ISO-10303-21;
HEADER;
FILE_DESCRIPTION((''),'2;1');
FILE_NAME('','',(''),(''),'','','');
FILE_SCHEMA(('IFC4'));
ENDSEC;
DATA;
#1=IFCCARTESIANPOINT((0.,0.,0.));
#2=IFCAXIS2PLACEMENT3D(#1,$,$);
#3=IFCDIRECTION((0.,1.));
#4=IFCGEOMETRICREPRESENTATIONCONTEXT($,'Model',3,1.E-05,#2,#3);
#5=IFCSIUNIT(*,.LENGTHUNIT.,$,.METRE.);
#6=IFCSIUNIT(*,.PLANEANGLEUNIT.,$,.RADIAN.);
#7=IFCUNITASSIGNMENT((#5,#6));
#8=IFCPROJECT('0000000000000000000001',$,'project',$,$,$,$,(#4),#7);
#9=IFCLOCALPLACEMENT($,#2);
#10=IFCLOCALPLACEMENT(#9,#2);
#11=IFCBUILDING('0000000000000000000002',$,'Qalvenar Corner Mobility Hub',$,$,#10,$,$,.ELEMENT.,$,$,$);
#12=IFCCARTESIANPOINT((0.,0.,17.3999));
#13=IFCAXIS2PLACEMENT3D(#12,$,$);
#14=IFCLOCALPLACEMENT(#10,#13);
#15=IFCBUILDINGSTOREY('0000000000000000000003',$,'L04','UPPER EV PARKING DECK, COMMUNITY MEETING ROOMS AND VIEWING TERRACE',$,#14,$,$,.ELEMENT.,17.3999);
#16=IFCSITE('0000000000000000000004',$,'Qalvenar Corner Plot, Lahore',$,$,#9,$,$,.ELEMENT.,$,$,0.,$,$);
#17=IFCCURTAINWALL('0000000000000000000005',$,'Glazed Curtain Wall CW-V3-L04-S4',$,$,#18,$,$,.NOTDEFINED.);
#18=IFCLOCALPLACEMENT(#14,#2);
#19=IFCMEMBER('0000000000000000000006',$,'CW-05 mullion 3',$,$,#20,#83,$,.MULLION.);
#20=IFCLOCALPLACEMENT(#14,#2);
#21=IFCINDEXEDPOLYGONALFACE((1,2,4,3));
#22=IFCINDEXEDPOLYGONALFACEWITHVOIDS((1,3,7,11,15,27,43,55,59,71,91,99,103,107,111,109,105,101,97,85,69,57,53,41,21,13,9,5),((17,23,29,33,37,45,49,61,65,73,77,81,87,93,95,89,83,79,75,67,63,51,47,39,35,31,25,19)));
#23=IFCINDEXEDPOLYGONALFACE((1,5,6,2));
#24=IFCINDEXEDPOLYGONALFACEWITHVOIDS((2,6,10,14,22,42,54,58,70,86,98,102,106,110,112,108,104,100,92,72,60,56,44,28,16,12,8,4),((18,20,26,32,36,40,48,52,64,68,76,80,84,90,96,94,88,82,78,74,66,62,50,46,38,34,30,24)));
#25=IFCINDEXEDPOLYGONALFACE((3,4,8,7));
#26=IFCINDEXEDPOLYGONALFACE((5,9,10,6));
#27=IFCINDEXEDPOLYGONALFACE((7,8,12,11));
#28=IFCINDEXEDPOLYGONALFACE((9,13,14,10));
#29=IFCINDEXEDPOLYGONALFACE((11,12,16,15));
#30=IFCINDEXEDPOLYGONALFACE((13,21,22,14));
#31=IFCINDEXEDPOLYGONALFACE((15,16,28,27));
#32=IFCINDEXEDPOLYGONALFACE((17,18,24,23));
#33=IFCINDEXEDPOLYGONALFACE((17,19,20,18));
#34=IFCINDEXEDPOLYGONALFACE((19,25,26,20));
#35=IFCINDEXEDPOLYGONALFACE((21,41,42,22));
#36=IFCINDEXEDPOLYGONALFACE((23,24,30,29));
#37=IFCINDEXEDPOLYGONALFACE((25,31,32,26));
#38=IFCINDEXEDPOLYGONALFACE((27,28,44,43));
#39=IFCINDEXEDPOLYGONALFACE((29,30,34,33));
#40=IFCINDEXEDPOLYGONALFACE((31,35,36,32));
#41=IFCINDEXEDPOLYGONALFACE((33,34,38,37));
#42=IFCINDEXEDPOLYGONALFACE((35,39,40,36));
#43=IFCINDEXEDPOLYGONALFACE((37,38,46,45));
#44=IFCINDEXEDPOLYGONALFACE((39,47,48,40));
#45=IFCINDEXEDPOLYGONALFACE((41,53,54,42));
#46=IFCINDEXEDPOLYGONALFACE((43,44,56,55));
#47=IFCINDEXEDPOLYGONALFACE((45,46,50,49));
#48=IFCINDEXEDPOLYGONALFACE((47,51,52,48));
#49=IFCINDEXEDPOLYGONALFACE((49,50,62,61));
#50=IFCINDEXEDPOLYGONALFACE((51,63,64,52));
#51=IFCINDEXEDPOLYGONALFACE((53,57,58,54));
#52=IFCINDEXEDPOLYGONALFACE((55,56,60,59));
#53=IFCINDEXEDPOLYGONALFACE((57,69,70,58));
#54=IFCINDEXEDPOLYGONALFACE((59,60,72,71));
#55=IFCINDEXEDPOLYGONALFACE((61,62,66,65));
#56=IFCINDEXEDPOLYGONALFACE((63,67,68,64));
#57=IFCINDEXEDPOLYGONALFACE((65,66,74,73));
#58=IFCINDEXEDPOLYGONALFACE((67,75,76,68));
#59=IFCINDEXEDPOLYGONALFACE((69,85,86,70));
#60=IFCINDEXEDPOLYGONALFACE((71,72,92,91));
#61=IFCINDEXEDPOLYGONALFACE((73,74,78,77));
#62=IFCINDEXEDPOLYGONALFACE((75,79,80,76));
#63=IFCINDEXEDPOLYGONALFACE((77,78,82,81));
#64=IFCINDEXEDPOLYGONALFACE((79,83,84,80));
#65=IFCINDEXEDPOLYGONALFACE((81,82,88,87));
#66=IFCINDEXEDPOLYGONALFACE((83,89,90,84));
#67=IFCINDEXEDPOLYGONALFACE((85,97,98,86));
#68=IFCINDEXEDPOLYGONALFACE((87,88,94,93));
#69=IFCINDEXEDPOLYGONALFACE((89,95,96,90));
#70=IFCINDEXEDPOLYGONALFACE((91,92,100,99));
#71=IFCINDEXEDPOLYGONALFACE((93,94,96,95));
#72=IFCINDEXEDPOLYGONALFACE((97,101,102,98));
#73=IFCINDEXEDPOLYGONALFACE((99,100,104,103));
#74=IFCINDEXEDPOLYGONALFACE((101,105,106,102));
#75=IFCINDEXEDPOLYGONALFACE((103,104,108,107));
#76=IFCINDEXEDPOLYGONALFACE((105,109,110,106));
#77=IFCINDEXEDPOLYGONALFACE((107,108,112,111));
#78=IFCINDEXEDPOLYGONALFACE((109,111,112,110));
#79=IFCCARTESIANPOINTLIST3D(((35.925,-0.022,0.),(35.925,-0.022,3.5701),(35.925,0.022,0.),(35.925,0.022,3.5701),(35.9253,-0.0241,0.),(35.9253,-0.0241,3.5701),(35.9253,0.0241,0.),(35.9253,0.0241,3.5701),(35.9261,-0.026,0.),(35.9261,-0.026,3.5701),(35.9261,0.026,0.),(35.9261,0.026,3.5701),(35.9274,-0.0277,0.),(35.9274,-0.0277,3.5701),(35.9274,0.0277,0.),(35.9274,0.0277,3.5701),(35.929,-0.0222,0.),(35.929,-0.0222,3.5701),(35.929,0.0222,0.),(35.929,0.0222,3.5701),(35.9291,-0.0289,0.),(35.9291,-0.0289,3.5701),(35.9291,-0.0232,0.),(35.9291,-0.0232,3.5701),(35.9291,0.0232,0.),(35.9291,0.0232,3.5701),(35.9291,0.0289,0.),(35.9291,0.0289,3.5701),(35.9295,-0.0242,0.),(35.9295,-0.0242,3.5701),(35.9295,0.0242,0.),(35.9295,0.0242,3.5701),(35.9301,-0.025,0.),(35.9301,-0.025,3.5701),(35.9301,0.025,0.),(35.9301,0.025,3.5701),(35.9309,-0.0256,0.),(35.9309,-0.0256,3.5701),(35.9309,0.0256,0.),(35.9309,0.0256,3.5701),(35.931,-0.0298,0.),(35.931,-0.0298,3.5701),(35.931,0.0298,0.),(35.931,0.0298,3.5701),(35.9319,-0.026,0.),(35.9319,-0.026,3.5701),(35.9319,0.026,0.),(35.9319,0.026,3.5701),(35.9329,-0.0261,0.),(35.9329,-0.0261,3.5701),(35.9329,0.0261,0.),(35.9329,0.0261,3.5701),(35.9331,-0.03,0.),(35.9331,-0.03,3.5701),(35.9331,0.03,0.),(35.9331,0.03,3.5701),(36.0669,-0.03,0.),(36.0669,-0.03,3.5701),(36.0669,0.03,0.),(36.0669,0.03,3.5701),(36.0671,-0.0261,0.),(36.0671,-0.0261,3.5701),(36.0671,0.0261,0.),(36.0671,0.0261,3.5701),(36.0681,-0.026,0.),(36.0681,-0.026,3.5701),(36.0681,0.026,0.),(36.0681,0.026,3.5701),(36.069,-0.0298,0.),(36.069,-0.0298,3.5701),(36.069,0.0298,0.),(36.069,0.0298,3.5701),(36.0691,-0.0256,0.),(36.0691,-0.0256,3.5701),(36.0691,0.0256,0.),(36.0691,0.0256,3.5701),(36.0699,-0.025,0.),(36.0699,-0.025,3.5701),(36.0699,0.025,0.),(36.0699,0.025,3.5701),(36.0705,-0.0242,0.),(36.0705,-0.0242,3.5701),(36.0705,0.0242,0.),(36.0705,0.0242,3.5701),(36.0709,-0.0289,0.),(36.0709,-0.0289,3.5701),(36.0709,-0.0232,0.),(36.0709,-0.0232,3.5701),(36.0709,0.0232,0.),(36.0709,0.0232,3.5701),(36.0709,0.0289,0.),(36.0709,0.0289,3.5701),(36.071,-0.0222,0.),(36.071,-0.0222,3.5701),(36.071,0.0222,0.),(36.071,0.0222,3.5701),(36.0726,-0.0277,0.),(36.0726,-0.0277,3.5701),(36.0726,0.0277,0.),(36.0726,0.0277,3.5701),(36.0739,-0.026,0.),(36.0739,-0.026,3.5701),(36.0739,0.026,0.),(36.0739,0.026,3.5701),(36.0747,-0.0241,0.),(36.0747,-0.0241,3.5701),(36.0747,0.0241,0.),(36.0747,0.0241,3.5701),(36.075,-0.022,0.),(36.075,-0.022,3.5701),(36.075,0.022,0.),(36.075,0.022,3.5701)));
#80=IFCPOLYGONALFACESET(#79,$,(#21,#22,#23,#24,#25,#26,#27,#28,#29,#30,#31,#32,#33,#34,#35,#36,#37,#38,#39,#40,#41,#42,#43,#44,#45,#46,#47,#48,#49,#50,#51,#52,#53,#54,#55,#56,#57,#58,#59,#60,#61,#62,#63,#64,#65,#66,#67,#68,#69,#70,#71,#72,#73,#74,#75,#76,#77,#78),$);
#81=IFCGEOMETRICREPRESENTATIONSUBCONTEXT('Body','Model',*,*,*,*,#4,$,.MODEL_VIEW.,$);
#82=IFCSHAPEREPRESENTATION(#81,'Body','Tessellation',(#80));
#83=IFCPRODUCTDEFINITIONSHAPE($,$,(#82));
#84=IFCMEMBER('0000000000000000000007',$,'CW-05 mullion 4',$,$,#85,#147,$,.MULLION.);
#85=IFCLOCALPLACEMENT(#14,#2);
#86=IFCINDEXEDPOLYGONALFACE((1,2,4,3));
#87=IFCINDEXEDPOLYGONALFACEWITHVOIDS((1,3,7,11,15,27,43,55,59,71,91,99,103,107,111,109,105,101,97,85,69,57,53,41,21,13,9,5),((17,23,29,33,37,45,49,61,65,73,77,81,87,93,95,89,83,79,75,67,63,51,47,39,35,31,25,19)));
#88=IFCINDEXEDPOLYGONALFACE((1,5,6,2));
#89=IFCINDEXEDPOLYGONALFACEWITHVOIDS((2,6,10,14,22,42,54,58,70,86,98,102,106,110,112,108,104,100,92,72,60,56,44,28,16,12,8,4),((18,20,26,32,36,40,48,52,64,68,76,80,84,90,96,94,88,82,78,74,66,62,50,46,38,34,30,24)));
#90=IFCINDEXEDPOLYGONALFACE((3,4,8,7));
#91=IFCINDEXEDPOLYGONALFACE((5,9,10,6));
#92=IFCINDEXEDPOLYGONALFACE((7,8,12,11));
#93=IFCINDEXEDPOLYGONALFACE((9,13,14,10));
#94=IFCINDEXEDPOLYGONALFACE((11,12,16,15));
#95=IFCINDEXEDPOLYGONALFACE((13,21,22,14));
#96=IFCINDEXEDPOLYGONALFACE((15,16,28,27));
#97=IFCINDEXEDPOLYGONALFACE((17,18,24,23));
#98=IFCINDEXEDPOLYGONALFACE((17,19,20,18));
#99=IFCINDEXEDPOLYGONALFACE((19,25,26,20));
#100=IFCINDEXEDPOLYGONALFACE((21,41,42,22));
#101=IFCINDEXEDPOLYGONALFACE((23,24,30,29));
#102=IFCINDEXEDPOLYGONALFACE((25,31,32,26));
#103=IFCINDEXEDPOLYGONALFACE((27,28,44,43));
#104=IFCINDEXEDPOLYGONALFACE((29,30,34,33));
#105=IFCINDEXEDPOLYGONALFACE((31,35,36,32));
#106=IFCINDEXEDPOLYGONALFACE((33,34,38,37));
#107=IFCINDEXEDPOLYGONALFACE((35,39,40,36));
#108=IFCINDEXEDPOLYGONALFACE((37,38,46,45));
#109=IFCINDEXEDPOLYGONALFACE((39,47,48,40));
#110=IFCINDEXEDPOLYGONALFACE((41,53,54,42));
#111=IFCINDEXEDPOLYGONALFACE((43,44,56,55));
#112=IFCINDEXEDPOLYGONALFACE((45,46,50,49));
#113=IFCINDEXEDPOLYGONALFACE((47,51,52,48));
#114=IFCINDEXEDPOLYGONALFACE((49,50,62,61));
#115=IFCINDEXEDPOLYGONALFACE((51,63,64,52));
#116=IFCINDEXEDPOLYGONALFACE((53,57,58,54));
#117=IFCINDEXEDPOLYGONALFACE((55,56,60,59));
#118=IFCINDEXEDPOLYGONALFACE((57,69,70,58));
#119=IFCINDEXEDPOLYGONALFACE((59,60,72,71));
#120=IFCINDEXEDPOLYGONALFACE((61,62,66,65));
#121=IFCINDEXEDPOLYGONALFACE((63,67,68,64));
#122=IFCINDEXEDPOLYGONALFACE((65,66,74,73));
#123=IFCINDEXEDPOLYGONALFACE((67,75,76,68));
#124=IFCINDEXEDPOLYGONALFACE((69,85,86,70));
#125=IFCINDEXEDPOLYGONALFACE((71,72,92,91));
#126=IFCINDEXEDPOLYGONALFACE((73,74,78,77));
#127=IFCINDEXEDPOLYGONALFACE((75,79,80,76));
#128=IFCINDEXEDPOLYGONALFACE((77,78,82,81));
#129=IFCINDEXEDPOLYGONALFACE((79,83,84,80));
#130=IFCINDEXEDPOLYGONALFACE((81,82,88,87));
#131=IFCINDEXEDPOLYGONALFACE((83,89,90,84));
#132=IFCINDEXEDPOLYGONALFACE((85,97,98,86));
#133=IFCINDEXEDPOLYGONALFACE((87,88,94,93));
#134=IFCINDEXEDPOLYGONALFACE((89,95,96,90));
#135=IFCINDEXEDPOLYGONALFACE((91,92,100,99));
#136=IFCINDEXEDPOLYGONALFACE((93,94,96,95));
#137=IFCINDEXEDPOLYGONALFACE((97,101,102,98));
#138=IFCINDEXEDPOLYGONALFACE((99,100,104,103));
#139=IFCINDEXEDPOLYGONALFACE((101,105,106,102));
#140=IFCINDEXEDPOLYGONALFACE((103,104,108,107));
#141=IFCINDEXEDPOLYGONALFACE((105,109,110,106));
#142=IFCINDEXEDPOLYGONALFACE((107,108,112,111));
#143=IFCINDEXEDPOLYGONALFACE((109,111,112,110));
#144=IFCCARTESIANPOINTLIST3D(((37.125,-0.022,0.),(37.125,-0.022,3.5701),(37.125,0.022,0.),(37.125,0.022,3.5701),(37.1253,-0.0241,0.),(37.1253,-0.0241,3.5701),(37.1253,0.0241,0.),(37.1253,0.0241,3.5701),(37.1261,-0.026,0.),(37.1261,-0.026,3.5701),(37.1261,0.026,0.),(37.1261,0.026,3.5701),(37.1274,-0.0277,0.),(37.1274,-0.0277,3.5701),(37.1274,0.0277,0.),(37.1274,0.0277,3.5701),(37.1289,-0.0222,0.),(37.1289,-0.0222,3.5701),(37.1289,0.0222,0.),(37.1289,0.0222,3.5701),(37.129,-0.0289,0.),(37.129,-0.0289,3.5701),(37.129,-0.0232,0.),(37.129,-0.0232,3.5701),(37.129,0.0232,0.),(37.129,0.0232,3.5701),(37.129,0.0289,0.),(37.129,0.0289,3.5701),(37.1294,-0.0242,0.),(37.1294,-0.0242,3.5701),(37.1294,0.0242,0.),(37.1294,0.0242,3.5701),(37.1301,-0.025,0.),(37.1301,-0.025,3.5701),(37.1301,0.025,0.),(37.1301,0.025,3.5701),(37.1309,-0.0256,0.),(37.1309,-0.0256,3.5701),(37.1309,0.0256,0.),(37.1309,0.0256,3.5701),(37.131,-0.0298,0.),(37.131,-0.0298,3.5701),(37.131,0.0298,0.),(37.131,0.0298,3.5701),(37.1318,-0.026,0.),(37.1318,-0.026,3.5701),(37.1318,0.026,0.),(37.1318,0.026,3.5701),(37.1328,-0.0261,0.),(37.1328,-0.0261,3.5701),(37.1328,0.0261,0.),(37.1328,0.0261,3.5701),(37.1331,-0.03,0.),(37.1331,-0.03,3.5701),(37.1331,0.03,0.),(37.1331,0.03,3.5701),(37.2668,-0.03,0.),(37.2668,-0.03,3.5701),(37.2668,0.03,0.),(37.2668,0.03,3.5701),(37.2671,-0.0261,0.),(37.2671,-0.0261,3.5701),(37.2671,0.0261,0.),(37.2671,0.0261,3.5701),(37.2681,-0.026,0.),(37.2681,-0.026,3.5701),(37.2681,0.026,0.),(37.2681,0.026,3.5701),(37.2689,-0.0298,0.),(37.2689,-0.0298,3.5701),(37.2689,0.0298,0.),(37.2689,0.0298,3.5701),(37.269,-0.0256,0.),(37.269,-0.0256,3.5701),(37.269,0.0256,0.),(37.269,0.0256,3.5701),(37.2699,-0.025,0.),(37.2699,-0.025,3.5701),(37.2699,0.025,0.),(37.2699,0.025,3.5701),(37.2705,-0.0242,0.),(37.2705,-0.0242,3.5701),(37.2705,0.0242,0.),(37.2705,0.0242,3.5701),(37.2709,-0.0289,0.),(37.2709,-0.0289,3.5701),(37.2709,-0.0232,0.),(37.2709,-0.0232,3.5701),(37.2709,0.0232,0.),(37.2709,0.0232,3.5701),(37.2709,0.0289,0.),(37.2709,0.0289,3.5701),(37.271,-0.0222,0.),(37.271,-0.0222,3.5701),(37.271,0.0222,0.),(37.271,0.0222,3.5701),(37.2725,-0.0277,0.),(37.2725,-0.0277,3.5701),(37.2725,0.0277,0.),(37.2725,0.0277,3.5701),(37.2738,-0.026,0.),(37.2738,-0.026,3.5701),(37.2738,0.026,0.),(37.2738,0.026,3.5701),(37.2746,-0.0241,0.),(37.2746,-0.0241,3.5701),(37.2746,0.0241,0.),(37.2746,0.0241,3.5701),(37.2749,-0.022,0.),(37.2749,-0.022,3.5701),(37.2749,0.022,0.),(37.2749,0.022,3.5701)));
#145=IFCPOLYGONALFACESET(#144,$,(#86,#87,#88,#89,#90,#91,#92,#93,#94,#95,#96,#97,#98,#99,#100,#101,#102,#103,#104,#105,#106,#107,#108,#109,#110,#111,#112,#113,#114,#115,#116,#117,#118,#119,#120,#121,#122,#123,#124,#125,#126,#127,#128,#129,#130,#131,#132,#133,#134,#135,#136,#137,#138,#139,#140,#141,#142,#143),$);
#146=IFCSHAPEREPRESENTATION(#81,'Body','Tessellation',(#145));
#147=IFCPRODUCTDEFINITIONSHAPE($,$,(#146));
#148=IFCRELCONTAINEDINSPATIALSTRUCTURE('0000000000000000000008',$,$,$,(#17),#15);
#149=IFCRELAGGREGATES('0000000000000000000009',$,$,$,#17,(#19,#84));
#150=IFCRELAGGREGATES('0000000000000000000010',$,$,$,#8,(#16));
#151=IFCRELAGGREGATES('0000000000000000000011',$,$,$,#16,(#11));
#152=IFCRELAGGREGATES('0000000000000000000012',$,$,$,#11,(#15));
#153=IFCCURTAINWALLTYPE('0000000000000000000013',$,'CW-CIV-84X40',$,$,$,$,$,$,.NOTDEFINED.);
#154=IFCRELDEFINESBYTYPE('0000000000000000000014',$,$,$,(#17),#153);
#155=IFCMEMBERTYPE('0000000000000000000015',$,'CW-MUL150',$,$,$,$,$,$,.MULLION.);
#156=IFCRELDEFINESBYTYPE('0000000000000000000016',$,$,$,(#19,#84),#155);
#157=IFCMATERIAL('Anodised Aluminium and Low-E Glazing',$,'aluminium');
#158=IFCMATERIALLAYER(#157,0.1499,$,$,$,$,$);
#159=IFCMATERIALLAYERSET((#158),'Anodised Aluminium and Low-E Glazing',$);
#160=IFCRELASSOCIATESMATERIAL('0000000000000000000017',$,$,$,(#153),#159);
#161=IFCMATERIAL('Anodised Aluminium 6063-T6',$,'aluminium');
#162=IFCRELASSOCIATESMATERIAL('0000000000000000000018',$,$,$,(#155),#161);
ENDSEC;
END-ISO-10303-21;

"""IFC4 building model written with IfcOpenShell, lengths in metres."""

from ifc_helpers import new_model, si_unit, direction, frame, origin, origin_2d, place, context, subcontext, project, spatial, hollow_rectangle, extrude, material, layer, layer_set, material_profile, profile_set, type_object, element, aggregate, save


model = new_model("IFC4")

# Units and contexts
model_context = context("Model", 3, precision=1e-05, world=origin(), true_north=direction((0.0, 1.0)))
body_context = subcontext(model_context, "Body", "Model", "MODEL_VIEW")
ifc_project = project(units=[si_unit("LENGTHUNIT", "METRE"), si_unit("PLANEANGLEUNIT", "RADIAN")], contexts=[model_context])

# Site, building, storey
site_placement = place(None, origin())
site = spatial("IfcSite", under=ifc_project, at=site_placement, Name="Qalvenar Corner Plot, Lahore", CompositionType="ELEMENT", RefElevation=0.0)
building_placement = place(site_placement, origin())
building = spatial("IfcBuilding", under=site, at=building_placement, Name="Qalvenar Corner Mobility Hub", CompositionType="ELEMENT")
storey_placement = place(building_placement, frame((0.0, 0.0, 17.3999)))
storey = spatial("IfcBuildingStorey", under=building, at=storey_placement, Name="L04", Description="UPPER EV PARKING DECK, COMMUNITY MEETING ROOMS AND VIEWING TERRACE", CompositionType="ELEMENT", Elevation=17.3999)

# Curtain wall, members
ifc_material_1 = material(Name="Anodised Aluminium and Low-E Glazing", Category="aluminium")
ifc_layer_1 = layer(ifc_material_1, 0.1499)
ifc_layer_set_1 = layer_set([ifc_layer_1], Name="Anodised Aluminium and Low-E Glazing")
curtain_wall_type = type_object("IfcCurtainWallType", Name="CW-CIV-84X40", PredefinedType="NOTDEFINED", material=ifc_layer_set_1)
curtain_wall_placement = place(storey_placement, origin())
curtain_wall = element("IfcCurtainWall", 1, at=curtain_wall_placement, inside=storey, type_object=curtain_wall_type, Name="Glazed Curtain Wall CW-V3-L04-S4", PredefinedType="NOTDEFINED")
ifc_material_2 = material(Name="Anodised Aluminium 6063-T6", Category="aluminium")
ifc_material_profile_1 = material_profile(ifc_material_2, hollow_rectangle(XDim=0.0601, YDim=0.1499, WallThickness=0.0039, InnerFilletRadius=0.0039, OuterFilletRadius=0.0081, at=origin_2d()), Name="RHS150x60x4")
ifc_profile_set_1 = profile_set([ifc_material_profile_1], Name="Anodised Aluminium 6063-T6")
member_type_1 = type_object("IfcMemberType", Name="CW-MUL150", PredefinedType="MULLION", material=ifc_profile_set_1)
member_1_placement = place(storey_placement, frame((36.0, 0.0, 0.0), z_axis=(0.0, 0.0, 1.0), x_axis=(0.0, 1.0, 0.0)))
member_1 = element("IfcMember", 2, at=member_1_placement, type_object=member_type_1, Name="CW-05 mullion 3", PredefinedType="MULLION", context=body_context, shape_type="SweptSolid", body=[
    extrude(hollow_rectangle(XDim=0.0601, YDim=0.1499, WallThickness=0.0039, InnerFilletRadius=0.0039, OuterFilletRadius=0.0081, at=origin_2d()), origin(), (0.0, 0.0, 1.0), 3.5701),
])
member_2_placement = place(storey_placement, frame((37.2, 0.0, 0.0), z_axis=(0.0, 0.0, 1.0), x_axis=(0.0, 1.0, 0.0)))
member_2 = element("IfcMember", 3, at=member_2_placement, type_object=member_type_1, Name="CW-05 mullion 4", PredefinedType="MULLION", context=body_context, shape_type="SweptSolid", body=[
    extrude(hollow_rectangle(XDim=0.0601, YDim=0.1499, WallThickness=0.0039, InnerFilletRadius=0.0039, OuterFilletRadius=0.0081, at=origin_2d()), origin(), (0.0, 0.0, 1.0), 3.5701),
])
aggregate(curtain_wall, [member_1, member_2])

save(model, "model.ifc")
